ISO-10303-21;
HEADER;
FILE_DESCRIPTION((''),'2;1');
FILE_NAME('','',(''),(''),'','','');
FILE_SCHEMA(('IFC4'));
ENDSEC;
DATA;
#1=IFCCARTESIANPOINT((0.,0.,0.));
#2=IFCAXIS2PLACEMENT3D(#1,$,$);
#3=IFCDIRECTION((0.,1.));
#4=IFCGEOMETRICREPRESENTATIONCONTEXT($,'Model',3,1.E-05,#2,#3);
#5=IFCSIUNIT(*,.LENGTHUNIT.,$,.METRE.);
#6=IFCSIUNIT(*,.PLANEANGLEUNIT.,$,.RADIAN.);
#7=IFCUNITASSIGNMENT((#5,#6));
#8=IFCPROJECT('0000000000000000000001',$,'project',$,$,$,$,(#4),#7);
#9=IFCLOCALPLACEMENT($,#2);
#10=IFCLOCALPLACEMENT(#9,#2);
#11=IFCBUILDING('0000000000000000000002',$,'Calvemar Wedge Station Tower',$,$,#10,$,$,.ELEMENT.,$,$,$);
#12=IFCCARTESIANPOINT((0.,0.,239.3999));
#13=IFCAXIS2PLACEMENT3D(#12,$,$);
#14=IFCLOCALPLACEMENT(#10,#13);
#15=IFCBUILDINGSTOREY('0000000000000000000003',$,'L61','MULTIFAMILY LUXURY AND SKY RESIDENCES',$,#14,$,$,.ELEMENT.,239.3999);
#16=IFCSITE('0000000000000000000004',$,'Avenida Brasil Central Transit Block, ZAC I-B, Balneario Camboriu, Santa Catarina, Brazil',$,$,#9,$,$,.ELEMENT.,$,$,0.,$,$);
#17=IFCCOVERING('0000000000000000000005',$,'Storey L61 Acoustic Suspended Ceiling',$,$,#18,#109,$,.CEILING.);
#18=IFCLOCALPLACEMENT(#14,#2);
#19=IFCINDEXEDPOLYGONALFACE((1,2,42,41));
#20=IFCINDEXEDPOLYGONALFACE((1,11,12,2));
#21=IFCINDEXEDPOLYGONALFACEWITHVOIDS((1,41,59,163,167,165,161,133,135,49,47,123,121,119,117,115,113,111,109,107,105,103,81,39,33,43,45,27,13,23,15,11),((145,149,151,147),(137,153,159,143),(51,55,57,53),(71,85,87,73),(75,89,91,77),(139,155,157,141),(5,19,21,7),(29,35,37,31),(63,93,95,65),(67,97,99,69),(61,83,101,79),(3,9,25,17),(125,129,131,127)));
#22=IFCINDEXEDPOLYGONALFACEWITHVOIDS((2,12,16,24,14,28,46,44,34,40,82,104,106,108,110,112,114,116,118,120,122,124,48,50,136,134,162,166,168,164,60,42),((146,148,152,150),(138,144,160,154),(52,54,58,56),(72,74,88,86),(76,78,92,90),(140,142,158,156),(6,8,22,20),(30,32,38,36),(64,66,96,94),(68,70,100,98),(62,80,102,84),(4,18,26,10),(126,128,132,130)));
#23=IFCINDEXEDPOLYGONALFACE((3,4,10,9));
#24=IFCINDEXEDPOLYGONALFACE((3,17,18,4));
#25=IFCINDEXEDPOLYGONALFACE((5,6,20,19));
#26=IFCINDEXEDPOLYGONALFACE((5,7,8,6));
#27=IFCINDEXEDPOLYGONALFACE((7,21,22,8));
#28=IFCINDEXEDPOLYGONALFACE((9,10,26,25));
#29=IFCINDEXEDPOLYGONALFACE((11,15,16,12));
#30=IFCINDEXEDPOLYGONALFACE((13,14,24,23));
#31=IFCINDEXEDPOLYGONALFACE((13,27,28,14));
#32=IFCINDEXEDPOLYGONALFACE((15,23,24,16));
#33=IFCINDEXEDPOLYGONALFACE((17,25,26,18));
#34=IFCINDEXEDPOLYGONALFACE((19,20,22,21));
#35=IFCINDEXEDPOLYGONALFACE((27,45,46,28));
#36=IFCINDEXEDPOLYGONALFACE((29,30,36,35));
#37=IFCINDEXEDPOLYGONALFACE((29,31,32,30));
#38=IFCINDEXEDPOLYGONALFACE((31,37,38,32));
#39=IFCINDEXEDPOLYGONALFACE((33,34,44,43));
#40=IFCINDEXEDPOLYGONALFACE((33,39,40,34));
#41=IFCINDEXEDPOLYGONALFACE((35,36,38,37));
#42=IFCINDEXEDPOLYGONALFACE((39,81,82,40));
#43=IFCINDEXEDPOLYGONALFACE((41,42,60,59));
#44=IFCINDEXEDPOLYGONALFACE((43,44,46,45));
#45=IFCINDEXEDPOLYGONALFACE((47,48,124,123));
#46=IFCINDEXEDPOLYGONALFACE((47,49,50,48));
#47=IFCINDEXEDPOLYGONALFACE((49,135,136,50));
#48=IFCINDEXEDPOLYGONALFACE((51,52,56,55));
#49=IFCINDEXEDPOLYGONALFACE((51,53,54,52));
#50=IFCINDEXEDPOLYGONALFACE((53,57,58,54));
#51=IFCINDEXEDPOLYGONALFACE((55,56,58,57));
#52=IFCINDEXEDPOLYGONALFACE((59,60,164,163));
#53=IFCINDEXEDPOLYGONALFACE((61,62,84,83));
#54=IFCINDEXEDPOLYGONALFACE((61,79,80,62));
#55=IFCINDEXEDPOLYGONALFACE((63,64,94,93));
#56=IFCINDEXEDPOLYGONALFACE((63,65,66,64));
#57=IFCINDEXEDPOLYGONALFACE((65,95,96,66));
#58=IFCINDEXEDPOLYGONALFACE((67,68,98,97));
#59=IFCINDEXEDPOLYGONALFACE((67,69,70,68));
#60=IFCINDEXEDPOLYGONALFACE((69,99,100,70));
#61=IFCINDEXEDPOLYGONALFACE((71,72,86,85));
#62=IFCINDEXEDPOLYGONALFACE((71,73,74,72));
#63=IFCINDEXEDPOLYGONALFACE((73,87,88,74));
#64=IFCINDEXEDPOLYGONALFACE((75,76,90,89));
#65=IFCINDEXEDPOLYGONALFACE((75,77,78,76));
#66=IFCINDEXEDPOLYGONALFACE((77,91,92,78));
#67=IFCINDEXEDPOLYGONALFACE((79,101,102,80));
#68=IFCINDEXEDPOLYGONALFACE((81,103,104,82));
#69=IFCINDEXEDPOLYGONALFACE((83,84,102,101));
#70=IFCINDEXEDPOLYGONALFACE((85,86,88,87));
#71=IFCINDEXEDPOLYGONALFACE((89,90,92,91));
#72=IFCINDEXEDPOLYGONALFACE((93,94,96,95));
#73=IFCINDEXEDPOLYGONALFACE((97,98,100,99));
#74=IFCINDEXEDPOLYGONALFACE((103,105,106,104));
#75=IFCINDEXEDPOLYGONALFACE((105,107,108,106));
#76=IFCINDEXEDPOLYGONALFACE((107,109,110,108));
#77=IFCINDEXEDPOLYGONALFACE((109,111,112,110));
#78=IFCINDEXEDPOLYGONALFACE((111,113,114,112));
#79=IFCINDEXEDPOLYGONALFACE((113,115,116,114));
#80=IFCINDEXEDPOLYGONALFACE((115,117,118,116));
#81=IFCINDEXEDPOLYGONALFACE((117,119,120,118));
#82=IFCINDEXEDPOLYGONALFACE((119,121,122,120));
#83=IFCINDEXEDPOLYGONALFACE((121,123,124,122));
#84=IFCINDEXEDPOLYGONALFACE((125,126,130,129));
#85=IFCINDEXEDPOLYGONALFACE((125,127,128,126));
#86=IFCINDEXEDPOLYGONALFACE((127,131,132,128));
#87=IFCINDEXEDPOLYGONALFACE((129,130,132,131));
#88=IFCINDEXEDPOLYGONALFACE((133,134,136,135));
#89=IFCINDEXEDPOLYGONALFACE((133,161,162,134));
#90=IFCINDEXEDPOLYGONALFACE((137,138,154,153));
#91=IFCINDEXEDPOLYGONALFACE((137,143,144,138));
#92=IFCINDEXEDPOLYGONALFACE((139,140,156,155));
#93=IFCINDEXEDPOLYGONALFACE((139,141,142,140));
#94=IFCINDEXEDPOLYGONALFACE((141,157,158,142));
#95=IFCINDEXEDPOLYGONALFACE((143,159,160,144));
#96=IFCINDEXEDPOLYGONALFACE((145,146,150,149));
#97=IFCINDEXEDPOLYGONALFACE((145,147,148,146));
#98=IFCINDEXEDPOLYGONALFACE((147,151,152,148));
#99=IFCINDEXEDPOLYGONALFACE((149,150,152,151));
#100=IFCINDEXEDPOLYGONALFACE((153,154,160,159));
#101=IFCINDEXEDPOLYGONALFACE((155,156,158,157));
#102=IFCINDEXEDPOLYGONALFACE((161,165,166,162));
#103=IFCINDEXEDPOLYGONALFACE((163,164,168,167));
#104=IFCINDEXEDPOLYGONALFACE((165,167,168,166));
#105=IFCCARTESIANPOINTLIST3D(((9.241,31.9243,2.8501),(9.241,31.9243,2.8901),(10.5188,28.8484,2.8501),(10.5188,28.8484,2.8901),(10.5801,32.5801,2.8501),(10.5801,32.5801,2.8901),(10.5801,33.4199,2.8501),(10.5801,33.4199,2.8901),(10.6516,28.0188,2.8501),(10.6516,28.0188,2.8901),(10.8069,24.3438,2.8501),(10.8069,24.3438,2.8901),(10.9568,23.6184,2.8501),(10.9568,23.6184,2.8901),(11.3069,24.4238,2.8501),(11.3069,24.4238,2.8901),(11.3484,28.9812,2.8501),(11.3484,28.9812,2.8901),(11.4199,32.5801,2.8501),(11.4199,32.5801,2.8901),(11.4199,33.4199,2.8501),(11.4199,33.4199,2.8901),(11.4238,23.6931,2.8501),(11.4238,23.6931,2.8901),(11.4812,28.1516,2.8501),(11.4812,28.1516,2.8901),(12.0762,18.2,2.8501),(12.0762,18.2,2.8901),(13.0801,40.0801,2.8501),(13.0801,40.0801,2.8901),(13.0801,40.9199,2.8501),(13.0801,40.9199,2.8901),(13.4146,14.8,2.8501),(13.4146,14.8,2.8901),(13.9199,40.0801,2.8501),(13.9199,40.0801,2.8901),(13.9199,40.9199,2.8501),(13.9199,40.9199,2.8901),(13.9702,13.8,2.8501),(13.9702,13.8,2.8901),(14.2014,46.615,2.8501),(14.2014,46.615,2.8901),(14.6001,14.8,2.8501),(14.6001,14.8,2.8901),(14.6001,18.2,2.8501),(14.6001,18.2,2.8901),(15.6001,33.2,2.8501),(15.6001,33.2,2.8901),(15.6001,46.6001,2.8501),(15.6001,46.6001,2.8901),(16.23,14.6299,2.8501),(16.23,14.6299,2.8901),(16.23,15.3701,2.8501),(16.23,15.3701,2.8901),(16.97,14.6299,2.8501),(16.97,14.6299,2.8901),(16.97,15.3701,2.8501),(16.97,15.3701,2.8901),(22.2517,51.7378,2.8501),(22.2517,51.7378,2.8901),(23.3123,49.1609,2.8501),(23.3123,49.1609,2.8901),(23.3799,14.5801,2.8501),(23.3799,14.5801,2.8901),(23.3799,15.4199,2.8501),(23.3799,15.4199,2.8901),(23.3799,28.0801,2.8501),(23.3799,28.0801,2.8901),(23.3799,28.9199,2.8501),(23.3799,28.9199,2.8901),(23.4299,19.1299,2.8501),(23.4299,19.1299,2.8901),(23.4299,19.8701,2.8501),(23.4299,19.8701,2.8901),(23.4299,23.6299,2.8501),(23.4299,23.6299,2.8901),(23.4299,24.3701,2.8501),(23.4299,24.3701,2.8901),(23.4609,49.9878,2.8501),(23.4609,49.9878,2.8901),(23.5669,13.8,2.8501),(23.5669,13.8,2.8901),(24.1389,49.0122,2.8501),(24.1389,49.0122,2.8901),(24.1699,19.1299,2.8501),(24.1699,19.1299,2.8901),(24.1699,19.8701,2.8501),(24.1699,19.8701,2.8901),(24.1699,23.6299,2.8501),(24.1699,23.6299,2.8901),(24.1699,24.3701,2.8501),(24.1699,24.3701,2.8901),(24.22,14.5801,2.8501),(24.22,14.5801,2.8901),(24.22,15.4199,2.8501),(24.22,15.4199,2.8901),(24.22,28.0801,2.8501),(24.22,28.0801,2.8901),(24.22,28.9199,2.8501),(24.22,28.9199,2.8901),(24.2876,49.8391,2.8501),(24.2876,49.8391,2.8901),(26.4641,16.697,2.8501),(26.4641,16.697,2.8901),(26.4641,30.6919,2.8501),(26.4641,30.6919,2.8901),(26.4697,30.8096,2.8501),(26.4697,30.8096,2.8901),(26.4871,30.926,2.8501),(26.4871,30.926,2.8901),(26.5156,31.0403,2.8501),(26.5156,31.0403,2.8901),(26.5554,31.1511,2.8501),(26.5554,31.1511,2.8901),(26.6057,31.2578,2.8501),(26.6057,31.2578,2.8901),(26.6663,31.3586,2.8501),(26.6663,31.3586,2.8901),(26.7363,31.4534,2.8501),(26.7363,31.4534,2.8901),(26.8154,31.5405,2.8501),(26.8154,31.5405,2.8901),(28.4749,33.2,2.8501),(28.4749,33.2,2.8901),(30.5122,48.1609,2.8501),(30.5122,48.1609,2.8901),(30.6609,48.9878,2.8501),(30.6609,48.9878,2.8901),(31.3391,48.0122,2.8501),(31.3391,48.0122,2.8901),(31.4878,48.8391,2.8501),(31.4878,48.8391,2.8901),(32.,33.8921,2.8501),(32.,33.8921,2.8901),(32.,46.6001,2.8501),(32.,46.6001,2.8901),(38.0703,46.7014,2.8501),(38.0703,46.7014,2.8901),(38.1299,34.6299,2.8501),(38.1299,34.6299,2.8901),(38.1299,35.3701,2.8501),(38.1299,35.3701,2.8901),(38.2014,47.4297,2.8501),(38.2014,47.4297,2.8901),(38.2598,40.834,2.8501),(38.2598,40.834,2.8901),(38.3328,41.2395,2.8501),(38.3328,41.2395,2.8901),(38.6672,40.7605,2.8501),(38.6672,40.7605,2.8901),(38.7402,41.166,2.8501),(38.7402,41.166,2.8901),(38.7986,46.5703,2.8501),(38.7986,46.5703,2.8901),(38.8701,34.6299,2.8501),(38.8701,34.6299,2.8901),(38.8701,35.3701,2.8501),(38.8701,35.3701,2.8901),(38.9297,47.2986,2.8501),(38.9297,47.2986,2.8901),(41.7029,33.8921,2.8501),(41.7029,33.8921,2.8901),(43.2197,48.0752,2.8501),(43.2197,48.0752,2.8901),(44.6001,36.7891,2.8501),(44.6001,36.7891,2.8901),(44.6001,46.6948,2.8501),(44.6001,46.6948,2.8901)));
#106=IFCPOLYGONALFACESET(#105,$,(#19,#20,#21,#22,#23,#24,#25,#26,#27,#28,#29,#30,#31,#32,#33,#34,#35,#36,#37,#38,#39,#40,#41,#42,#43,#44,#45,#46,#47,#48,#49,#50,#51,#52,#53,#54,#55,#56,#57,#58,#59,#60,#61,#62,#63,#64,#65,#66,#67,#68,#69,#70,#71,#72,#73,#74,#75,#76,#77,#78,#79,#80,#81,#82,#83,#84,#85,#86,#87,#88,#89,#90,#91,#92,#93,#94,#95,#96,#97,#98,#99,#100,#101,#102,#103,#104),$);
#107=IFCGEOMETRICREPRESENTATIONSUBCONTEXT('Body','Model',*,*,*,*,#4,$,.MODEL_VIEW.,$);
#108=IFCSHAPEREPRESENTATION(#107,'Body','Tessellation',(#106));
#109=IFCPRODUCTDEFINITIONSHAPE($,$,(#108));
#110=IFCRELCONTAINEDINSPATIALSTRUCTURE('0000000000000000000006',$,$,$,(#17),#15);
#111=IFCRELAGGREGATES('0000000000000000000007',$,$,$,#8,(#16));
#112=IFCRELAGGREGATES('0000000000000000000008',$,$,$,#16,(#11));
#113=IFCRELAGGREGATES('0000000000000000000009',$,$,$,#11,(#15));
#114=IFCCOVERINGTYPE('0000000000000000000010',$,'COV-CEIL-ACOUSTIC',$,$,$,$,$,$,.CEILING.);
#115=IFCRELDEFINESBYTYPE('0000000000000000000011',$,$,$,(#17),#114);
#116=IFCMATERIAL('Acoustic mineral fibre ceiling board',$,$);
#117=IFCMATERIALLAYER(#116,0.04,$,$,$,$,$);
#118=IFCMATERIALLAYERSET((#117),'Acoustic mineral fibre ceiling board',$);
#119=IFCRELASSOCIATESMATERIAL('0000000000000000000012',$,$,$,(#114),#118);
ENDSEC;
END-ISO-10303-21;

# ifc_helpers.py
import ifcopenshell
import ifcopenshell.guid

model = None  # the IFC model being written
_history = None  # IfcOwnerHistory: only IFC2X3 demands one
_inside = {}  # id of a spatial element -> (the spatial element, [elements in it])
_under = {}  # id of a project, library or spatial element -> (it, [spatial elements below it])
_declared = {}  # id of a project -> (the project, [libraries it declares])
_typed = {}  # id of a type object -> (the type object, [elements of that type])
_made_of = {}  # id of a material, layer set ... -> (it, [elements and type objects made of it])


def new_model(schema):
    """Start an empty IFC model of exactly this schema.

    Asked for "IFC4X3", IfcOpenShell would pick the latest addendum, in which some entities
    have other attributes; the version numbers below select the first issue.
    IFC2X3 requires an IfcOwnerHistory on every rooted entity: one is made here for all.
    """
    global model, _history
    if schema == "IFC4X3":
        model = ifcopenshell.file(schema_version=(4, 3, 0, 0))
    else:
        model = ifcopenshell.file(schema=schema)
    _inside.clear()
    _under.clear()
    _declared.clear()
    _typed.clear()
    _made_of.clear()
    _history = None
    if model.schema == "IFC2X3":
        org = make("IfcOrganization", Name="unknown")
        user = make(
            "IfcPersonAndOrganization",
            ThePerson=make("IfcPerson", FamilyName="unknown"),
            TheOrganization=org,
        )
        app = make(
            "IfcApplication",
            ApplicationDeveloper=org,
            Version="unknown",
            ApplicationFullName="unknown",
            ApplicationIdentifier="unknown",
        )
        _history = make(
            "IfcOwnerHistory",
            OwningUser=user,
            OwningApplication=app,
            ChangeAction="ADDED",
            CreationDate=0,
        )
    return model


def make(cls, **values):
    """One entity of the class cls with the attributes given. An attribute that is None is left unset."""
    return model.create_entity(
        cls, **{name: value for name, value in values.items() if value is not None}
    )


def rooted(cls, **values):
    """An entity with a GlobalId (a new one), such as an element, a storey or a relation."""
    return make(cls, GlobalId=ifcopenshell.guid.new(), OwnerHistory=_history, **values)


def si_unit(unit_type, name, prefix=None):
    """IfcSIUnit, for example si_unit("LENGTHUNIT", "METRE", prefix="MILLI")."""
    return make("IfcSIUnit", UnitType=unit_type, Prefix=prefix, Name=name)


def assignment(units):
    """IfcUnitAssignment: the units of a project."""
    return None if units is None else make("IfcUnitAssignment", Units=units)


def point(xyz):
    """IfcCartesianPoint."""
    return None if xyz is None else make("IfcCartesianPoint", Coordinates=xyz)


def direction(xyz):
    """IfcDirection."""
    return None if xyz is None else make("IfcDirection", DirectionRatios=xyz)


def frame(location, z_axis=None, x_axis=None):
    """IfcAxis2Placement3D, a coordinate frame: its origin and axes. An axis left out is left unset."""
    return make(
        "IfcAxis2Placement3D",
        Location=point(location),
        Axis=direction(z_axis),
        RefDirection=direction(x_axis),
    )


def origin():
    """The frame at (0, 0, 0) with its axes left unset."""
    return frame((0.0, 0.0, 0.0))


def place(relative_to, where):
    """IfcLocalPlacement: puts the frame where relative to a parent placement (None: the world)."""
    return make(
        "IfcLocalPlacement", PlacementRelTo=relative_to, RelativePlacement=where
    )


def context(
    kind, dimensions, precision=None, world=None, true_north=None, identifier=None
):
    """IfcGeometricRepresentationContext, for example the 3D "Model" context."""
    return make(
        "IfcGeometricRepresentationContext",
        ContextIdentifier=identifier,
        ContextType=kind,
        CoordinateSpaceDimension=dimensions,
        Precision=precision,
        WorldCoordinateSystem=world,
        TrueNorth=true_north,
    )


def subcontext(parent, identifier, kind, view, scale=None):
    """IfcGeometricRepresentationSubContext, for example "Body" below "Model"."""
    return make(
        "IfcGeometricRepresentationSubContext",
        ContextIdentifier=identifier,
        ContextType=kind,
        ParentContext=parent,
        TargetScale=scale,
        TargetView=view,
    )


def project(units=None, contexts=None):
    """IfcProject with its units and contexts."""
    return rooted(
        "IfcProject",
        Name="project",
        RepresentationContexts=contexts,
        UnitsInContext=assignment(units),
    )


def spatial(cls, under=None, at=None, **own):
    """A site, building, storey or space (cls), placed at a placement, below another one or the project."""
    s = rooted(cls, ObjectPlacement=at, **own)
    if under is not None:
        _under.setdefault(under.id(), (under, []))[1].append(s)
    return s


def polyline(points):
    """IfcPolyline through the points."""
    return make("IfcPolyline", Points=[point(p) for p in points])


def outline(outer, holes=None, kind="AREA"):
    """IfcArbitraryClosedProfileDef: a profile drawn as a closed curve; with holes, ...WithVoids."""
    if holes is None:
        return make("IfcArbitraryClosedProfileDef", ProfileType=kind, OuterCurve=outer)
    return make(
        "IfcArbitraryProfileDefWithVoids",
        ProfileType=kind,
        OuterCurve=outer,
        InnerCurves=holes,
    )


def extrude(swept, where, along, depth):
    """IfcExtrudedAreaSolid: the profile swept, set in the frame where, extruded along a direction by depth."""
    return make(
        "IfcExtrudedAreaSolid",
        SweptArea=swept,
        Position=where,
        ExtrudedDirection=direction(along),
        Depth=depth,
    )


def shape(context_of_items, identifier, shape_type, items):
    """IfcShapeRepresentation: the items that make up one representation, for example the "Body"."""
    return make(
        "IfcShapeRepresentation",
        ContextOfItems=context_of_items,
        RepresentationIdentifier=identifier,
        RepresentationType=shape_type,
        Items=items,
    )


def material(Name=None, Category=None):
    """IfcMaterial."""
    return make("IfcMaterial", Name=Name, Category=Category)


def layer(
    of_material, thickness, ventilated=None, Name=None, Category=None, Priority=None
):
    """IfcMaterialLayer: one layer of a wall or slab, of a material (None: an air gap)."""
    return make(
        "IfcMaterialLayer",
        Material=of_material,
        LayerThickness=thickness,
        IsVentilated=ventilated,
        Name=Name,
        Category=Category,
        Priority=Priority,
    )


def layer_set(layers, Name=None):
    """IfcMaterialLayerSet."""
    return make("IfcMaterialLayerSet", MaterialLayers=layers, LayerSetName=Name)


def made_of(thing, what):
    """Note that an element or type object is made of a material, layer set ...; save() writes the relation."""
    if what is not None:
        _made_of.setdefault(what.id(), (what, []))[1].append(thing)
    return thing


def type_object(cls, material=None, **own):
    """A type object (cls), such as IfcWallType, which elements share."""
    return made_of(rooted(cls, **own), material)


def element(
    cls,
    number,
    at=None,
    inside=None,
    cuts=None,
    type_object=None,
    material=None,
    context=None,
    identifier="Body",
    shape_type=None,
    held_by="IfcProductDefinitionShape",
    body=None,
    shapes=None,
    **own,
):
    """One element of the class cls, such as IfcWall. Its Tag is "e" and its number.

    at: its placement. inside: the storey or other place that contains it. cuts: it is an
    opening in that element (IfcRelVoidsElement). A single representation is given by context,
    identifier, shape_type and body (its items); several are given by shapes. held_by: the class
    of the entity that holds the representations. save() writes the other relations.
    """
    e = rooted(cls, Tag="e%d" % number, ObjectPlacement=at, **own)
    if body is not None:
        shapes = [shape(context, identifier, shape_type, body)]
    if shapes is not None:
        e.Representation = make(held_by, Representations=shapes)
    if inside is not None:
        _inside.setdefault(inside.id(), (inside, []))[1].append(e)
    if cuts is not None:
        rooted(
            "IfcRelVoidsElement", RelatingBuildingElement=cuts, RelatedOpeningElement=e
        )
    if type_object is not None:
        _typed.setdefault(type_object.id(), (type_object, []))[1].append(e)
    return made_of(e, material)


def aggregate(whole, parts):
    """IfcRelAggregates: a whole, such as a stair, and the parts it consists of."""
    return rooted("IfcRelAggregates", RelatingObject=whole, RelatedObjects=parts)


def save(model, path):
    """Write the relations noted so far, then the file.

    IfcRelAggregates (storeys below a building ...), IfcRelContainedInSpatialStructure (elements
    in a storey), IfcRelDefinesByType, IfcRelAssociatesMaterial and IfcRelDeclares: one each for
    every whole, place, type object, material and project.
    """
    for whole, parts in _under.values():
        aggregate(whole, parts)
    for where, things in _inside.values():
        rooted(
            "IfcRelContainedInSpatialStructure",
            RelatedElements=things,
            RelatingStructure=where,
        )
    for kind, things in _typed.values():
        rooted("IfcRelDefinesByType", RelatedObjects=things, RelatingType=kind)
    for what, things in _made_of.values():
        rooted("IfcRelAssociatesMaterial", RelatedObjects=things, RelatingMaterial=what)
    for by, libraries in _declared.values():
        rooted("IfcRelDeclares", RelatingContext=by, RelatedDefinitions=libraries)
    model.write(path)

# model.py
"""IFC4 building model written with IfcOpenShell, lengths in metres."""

from ifc_helpers import new_model, si_unit, direction, frame, origin, place, context, subcontext, project, spatial, polyline, outline, extrude, material, layer, layer_set, type_object, element, save


model = new_model("IFC4")

# Units and contexts
model_context = context("Model", 3, precision=1e-05, world=origin(), true_north=direction((0.0, 1.0)))
body_context = subcontext(model_context, "Body", "Model", "MODEL_VIEW")
ifc_project = project(units=[si_unit("LENGTHUNIT", "METRE"), si_unit("PLANEANGLEUNIT", "RADIAN")], contexts=[model_context])

# Site, building, storey
site_placement = place(None, origin())
site = spatial("IfcSite", under=ifc_project, at=site_placement, Name="Avenida Brasil Central Transit Block, ZAC I-B, Balneario Camboriu, Santa Catarina, Brazil", CompositionType="ELEMENT", RefElevation=0.0)
building_placement = place(site_placement, origin())
building = spatial("IfcBuilding", under=site, at=building_placement, Name="Calvemar Wedge Station Tower", CompositionType="ELEMENT")
storey_placement = place(building_placement, frame((0.0, 0.0, 239.3999)))
storey = spatial("IfcBuildingStorey", under=building, at=storey_placement, Name="L61", Description="MULTIFAMILY LUXURY AND SKY RESIDENCES", CompositionType="ELEMENT", Elevation=239.3999)

# Covering
ifc_material_1 = material(Name="Acoustic mineral fibre ceiling board")
ifc_layer_1 = layer(ifc_material_1, 0.04)
ifc_layer_set_1 = layer_set([ifc_layer_1], Name="Acoustic mineral fibre ceiling board")
covering_type_1 = type_object("IfcCoveringType", Name="COV-CEIL-ACOUSTIC", PredefinedType="CEILING", material=ifc_layer_set_1)
covering_1_placement = place(storey_placement, frame((0.0, 0.0, 2.8501)))
element("IfcCovering", 1, at=covering_1_placement, inside=storey, type_object=covering_type_1, Name="Storey L61 Acoustic Suspended Ceiling", PredefinedType="CEILING", context=body_context, shape_type="SweptSolid", body=[
    extrude(outline(polyline([(26.6663, 31.3586), (26.7363, 31.4534), (26.8154, 31.5405), (28.4749, 33.2), (15.6001, 33.2), (15.6001, 46.6001), (32.0, 46.6001), (32.0, 33.8921), (41.7029, 33.8921), (44.6001, 36.7891), (44.6001, 46.6948), (43.2197, 48.0752), (22.2517, 51.7378), (14.2014, 46.615), (9.241, 31.9243), (10.8069, 24.3438), (11.3069, 24.4238), (11.4238, 23.6931), (10.9568, 23.6184), (12.0762, 18.2), (14.6001, 18.2), (14.6001, 14.8), (13.4146, 14.8), (13.9702, 13.8), (23.5669, 13.8), (26.4641, 16.697), (26.4641, 30.6919), (26.4697, 30.8096), (26.4871, 30.926), (26.5156, 31.0403), (26.5554, 31.1511), (26.6057, 31.2578), (26.6663, 31.3586)]), holes=[polyline([(11.4199, 33.4199), (11.4199, 32.5801), (10.5801, 32.5801), (10.5801, 33.4199), (11.4199, 33.4199)]), polyline([(13.9199, 40.0801), (13.0801, 40.0801), (13.0801, 40.9199), (13.9199, 40.9199), (13.9199, 40.0801)]), polyline([(23.3123, 49.1609), (23.4609, 49.9878), (24.2876, 49.8391), (24.1389, 49.0122), (23.3123, 49.1609)]), polyline([(30.6609, 48.9878), (31.4878, 48.8391), (31.3391, 48.0122), (30.5122, 48.1609), (30.6609, 48.9878)]), polyline([(38.9297, 47.2986), (38.7986, 46.5703), (38.0703, 46.7014), (38.2014, 47.4297), (38.9297, 47.2986)]), polyline([(38.8701, 34.6299), (38.1299, 34.6299), (38.1299, 35.3701), (38.8701, 35.3701), (38.8701, 34.6299)]), polyline([(38.2598, 40.834), (38.3328, 41.2395), (38.7402, 41.166), (38.6672, 40.7605), (38.2598, 40.834)]), polyline([(11.3484, 28.9812), (11.4812, 28.1516), (10.6516, 28.0188), (10.5188, 28.8484), (11.3484, 28.9812)]), polyline([(24.22, 28.0801), (23.3799, 28.0801), (23.3799, 28.9199), (24.22, 28.9199), (24.22, 28.0801)]), polyline([(23.4299, 23.6299), (23.4299, 24.3701), (24.1699, 24.3701), (24.1699, 23.6299), (23.4299, 23.6299)]), polyline([(23.4299, 19.8701), (24.1699, 19.8701), (24.1699, 19.1299), (23.4299, 19.1299), (23.4299, 19.8701)]), polyline([(24.22, 15.4199), (24.22, 14.5801), (23.3799, 14.5801), (23.3799, 15.4199), (24.22, 15.4199)]), polyline([(16.97, 14.6299), (16.23, 14.6299), (16.23, 15.3701), (16.97, 15.3701), (16.97, 14.6299)])]), origin(), (0.0, 0.0, 1.0), 0.04),
])

save(model, "model.ifc")
